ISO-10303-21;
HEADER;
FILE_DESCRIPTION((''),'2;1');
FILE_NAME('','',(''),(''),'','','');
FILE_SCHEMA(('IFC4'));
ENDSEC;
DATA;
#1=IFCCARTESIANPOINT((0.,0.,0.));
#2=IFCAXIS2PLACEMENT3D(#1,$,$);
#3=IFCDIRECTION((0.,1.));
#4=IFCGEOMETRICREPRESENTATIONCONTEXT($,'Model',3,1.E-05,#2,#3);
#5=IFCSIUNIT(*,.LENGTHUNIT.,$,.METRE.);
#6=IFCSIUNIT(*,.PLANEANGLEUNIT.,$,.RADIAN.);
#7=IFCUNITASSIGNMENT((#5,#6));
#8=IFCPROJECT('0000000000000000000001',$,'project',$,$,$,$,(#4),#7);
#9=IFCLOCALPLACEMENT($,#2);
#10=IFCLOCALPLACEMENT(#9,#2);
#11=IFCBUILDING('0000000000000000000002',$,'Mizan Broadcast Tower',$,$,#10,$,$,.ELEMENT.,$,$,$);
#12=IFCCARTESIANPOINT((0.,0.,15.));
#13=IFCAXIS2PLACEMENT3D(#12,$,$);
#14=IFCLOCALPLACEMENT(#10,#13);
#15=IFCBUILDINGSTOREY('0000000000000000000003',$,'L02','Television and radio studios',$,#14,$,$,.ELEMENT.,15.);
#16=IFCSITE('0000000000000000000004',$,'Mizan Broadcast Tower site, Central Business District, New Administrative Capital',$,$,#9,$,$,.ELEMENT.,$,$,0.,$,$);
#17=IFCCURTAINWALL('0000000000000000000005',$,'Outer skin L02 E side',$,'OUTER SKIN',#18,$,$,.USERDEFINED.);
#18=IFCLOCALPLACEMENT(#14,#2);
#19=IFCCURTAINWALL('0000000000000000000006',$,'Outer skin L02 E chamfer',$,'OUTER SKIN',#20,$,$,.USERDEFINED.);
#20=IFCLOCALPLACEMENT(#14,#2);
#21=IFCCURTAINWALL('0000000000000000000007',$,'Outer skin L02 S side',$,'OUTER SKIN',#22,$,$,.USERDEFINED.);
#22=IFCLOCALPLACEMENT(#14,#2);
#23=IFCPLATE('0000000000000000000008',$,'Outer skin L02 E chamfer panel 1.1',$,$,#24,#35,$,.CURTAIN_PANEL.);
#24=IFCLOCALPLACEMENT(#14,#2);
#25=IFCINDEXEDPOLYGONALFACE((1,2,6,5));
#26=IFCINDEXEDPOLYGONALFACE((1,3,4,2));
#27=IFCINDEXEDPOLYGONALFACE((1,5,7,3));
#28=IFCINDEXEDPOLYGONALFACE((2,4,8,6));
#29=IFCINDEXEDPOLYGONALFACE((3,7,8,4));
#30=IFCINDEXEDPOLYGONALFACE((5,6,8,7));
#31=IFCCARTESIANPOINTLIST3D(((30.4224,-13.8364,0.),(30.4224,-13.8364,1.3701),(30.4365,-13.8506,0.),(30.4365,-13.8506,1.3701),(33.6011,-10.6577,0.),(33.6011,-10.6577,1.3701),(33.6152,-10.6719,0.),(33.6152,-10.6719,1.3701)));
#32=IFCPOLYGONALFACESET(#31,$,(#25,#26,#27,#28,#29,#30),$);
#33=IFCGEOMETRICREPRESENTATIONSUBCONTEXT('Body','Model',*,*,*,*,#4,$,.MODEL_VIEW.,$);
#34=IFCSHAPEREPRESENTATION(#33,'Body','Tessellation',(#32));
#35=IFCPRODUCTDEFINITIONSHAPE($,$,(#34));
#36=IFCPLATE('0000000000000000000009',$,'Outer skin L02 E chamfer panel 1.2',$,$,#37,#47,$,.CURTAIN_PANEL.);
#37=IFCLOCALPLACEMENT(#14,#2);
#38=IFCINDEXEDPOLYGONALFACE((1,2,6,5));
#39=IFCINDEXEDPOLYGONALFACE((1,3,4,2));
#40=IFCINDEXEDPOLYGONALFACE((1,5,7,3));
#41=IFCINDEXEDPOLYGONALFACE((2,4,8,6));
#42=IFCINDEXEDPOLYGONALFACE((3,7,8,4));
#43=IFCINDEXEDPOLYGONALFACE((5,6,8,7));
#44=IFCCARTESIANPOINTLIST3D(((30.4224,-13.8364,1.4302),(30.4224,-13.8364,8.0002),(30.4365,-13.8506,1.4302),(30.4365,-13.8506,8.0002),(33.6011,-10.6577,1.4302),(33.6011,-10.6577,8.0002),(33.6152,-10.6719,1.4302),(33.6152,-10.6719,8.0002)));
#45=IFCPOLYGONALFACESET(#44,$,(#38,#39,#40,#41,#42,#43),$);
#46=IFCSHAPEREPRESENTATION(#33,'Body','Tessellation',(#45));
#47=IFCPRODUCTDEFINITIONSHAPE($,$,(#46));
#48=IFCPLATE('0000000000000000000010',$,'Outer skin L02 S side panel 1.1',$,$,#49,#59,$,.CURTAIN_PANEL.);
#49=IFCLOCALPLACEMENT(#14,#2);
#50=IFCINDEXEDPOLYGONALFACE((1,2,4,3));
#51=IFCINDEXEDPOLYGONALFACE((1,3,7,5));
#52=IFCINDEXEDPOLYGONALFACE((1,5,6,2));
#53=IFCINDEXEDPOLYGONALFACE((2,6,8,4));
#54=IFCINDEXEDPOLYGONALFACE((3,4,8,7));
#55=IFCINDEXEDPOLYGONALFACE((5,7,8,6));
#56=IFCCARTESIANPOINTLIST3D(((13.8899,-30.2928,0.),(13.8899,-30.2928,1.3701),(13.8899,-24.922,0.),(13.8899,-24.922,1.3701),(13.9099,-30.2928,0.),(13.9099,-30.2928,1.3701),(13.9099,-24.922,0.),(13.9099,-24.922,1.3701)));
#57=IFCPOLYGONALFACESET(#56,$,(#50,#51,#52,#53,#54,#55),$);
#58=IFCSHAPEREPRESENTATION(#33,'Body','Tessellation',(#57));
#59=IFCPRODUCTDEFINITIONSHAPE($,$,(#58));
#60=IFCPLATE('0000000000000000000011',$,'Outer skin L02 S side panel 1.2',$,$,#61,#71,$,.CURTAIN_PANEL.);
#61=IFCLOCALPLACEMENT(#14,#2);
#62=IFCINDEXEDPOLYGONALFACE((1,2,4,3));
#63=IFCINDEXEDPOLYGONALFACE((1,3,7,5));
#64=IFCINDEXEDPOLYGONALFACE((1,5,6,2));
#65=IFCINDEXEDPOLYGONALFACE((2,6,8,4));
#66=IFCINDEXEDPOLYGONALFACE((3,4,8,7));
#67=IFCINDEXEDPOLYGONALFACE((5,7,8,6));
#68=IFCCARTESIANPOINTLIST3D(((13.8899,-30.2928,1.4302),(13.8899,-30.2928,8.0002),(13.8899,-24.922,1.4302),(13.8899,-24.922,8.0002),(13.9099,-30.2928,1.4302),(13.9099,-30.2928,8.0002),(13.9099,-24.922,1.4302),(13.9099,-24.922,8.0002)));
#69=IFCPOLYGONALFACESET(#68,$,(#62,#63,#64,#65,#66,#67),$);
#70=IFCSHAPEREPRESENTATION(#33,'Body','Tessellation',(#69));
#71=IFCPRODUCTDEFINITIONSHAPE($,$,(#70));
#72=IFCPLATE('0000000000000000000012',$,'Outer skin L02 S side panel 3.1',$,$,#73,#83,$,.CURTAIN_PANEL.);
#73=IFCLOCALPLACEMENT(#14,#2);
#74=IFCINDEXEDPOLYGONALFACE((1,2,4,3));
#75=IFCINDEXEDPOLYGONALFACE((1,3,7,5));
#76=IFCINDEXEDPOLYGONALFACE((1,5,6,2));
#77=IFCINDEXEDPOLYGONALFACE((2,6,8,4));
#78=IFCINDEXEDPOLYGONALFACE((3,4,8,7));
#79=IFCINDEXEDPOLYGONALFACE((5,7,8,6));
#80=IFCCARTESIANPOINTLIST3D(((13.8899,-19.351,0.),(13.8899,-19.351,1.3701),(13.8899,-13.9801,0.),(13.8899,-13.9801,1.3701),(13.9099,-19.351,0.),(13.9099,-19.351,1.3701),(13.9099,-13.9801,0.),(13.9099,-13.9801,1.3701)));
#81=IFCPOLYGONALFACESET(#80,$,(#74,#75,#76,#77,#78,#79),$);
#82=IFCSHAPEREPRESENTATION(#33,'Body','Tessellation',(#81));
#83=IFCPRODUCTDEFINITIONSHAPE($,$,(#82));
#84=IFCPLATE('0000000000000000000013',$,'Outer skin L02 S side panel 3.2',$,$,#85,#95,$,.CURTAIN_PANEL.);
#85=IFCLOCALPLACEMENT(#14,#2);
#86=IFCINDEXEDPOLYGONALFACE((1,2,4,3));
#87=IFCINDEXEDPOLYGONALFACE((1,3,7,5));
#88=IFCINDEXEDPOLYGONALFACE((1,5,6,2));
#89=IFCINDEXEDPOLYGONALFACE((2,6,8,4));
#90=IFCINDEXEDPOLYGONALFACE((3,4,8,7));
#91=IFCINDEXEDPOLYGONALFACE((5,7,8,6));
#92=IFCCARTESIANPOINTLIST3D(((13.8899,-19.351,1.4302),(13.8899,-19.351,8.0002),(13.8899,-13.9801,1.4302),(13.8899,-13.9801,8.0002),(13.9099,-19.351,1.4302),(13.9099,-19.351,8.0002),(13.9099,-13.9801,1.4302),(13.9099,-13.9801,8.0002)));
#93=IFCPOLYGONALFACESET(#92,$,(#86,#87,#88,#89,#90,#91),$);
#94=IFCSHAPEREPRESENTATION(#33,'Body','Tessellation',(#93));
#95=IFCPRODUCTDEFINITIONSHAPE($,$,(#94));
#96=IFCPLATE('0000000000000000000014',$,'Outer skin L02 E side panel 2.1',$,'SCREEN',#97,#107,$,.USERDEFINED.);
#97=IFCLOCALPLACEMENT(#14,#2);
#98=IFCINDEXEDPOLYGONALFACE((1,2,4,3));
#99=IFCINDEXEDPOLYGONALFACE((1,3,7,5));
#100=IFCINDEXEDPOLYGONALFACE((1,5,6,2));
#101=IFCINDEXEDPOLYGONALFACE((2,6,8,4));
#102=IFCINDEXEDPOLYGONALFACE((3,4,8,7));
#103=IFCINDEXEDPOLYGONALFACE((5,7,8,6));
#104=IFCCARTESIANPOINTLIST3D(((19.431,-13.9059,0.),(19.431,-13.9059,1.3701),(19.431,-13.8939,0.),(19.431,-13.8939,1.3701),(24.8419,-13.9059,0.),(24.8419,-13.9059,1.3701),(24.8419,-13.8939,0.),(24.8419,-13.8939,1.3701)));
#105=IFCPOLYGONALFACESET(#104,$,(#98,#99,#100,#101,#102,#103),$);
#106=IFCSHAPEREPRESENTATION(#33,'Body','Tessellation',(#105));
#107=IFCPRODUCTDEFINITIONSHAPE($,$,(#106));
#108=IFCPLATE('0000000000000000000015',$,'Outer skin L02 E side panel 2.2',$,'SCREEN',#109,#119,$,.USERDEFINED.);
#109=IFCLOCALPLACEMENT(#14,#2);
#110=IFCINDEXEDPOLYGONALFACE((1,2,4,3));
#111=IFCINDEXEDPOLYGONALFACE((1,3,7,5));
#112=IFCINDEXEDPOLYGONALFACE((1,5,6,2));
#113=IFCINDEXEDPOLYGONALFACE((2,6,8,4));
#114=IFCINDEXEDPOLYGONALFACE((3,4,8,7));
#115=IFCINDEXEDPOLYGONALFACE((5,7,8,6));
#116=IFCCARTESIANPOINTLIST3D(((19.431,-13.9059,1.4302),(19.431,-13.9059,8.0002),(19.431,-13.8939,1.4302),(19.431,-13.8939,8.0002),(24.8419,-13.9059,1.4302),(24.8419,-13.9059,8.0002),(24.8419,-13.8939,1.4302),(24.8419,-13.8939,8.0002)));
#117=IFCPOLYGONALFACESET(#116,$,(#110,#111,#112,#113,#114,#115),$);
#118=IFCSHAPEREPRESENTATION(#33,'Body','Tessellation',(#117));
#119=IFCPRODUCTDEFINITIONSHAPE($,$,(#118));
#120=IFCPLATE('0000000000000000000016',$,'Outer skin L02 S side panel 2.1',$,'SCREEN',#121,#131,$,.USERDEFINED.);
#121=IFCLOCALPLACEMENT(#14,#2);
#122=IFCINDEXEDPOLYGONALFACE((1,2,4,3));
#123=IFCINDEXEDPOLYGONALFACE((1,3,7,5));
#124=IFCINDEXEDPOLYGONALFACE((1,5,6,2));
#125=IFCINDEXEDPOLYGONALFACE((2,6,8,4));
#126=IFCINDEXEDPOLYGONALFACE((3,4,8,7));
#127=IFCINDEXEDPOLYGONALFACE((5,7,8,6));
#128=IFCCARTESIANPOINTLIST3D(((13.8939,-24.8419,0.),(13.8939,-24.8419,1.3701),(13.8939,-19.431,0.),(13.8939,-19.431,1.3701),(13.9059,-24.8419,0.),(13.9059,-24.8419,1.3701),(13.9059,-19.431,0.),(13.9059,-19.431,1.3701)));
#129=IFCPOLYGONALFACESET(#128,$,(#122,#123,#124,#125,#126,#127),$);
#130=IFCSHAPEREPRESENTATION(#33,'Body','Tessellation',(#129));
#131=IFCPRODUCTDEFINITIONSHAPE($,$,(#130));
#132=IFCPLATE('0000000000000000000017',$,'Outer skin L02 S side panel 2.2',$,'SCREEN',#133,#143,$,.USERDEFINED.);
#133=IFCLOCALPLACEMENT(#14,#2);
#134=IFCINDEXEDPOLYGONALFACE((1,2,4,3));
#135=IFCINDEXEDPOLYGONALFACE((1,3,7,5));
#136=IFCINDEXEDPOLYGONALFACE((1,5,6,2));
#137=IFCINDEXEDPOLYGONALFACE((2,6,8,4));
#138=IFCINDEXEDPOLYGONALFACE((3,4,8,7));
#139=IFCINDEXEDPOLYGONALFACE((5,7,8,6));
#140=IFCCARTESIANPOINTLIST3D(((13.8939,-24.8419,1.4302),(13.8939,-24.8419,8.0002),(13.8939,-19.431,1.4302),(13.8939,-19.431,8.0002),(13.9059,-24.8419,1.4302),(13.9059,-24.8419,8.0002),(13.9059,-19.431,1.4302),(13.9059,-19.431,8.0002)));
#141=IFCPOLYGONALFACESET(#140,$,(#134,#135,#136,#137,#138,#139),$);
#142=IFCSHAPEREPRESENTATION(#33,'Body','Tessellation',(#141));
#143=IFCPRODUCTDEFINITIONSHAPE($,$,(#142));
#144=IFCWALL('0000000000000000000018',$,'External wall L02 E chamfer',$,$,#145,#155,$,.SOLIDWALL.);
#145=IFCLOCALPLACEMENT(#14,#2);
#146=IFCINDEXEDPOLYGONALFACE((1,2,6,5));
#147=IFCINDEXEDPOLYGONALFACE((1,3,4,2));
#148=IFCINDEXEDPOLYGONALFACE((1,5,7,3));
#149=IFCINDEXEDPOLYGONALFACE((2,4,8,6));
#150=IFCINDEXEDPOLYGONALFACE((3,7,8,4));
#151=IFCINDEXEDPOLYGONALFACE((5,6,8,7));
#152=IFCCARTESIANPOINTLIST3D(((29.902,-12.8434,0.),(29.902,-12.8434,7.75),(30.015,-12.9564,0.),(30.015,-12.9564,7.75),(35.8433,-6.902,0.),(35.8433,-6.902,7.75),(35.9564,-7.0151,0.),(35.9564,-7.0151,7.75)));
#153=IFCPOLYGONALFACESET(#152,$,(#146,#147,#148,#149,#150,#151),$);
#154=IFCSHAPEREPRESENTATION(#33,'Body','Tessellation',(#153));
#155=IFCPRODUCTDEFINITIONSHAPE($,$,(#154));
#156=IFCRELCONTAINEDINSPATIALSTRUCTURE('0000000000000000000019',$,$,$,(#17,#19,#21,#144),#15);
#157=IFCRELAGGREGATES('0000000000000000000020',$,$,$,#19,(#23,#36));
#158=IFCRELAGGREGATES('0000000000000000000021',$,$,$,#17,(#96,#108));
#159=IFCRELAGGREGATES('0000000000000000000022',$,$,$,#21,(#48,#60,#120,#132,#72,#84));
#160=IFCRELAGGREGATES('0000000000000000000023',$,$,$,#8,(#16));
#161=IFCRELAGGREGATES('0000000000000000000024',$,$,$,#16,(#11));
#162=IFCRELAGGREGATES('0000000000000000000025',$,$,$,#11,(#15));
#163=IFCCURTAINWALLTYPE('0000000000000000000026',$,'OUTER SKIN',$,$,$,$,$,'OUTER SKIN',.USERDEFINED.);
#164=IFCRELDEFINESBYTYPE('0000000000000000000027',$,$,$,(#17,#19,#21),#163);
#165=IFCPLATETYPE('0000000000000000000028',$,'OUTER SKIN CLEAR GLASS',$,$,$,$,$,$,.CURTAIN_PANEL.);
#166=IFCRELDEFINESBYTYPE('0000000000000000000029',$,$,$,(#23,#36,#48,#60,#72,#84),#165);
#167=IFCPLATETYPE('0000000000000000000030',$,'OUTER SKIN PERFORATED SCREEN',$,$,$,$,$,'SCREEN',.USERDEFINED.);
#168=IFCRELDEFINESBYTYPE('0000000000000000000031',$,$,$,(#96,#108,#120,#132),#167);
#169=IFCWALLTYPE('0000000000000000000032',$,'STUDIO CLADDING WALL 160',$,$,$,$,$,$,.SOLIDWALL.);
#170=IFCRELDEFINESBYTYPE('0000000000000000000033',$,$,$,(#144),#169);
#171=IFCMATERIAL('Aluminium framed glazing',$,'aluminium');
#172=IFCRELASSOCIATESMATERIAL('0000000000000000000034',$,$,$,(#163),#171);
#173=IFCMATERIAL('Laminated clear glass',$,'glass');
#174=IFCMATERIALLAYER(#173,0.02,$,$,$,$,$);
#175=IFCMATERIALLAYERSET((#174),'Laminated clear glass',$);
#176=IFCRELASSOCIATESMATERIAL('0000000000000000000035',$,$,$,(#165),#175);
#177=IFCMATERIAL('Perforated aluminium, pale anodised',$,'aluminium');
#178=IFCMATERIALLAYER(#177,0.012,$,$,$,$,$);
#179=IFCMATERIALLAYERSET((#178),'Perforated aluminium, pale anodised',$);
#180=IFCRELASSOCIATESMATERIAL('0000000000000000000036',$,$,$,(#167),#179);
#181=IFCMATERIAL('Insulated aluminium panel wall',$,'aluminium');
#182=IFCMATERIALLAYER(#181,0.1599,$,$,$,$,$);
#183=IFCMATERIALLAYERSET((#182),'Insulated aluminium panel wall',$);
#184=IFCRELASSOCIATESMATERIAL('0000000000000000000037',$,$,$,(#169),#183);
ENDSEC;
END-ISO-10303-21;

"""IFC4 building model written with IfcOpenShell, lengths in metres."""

from ifc_helpers import new_model, si_unit, direction, frame, frame_2d, origin, origin_2d, place, context, subcontext, project, spatial, rectangle, extrude, material, layer, layer_set, type_object, element, aggregate, save


model = new_model("IFC4")

# Units and contexts
model_context = context("Model", 3, precision=1e-05, world=origin(), true_north=direction((0.0, 1.0)))
body_context = subcontext(model_context, "Body", "Model", "MODEL_VIEW")
ifc_project = project(units=[si_unit("LENGTHUNIT", "METRE"), si_unit("PLANEANGLEUNIT", "RADIAN")], contexts=[model_context])

# Site, building, storey
site_placement = place(None, origin())
site = spatial("IfcSite", under=ifc_project, at=site_placement, Name="Mizan Broadcast Tower site, Central Business District, New Administrative Capital", CompositionType="ELEMENT", RefElevation=0.0)
building_placement = place(site_placement, origin())
building = spatial("IfcBuilding", under=site, at=building_placement, Name="Mizan Broadcast Tower", CompositionType="ELEMENT")
storey_placement = place(building_placement, frame((0.0, 0.0, 15.0)))
storey = spatial("IfcBuildingStorey", under=building, at=storey_placement, Name="L02", Description="Television and radio studios", CompositionType="ELEMENT", Elevation=15.0)

# Curtain wall
ifc_material_1 = material(Name="Aluminium framed glazing", Category="aluminium")
curtain_wall_type = type_object("IfcCurtainWallType", Name="OUTER SKIN", ElementType="OUTER SKIN", PredefinedType="USERDEFINED", material=ifc_material_1)
curtain_wall_1_placement = place(storey_placement, origin())
curtain_wall_1 = element("IfcCurtainWall", 1, at=curtain_wall_1_placement, inside=storey, type_object=curtain_wall_type, Name="Outer skin L02 E side", ObjectType="OUTER SKIN", PredefinedType="USERDEFINED")

# Curtain wall
curtain_wall_2_placement = place(storey_placement, origin())
curtain_wall_2 = element("IfcCurtainWall", 2, at=curtain_wall_2_placement, inside=storey, type_object=curtain_wall_type, Name="Outer skin L02 E chamfer", ObjectType="OUTER SKIN", PredefinedType="USERDEFINED")

# Curtain wall
curtain_wall_3_placement = place(storey_placement, origin())
curtain_wall_3 = element("IfcCurtainWall", 3, at=curtain_wall_3_placement, inside=storey, type_object=curtain_wall_type, Name="Outer skin L02 S side", ObjectType="OUTER SKIN", PredefinedType="USERDEFINED")

# Plates
ifc_material_2 = material(Name="Laminated clear glass", Category="glass")
ifc_layer_1 = layer(ifc_material_2, 0.02)
ifc_layer_set_1 = layer_set([ifc_layer_1], Name="Laminated clear glass")
plate_type_1 = type_object("IfcPlateType", Name="OUTER SKIN CLEAR GLASS", PredefinedType="CURTAIN_PANEL", material=ifc_layer_set_1)
plate_1_placement = place(storey_placement, frame((32.0188, -12.2542, 0.0), z_axis=(0.0, 0.0, 1.0), x_axis=(0.707107, 0.707107, 0.0)))
plate_1 = element("IfcPlate", 4, at=plate_1_placement, type_object=plate_type_1, Name="Outer skin L02 E chamfer panel 1.1", PredefinedType="CURTAIN_PANEL", context=body_context, shape_type="SweptSolid", body=[
    extrude(rectangle(XDim=4.4954, YDim=0.02, at=origin_2d()), origin(), (0.0, 0.0, 1.0), 1.3701),
])
plate_2_placement = place(storey_placement, frame((32.0188, -12.2542, 1.4302), z_axis=(0.0, 0.0, 1.0), x_axis=(0.707107, 0.707107, 0.0)))
plate_2 = element("IfcPlate", 5, at=plate_2_placement, type_object=plate_type_1, Name="Outer skin L02 E chamfer panel 1.2", PredefinedType="CURTAIN_PANEL", context=body_context, shape_type="SweptSolid", body=[
    extrude(rectangle(XDim=4.4954, YDim=0.02, at=origin_2d()), origin(), (0.0, 0.0, 1.0), 6.5701),
])
aggregate(curtain_wall_2, [plate_1, plate_2])
plate_3_placement = place(storey_placement, frame((13.8999, -27.6074, 0.0), z_axis=(0.0, 0.0, 1.0), x_axis=(0.0, 1.0, 0.0)))
plate_3 = element("IfcPlate", 6, at=plate_3_placement, type_object=plate_type_1, Name="Outer skin L02 S side panel 1.1", PredefinedType="CURTAIN_PANEL", context=body_context, shape_type="SweptSolid", body=[
    extrude(rectangle(XDim=5.3708, YDim=0.02, at=origin_2d()), origin(), (0.0, 0.0, 1.0), 1.3701),
])
plate_4_placement = place(storey_placement, frame((13.8999, -27.6074, 1.4302), z_axis=(0.0, 0.0, 1.0), x_axis=(0.0, 1.0, 0.0)))
plate_4 = element("IfcPlate", 7, at=plate_4_placement, type_object=plate_type_1, Name="Outer skin L02 S side panel 1.2", PredefinedType="CURTAIN_PANEL", context=body_context, shape_type="SweptSolid", body=[
    extrude(rectangle(XDim=5.3708, YDim=0.02, at=origin_2d()), origin(), (0.0, 0.0, 1.0), 6.5701),
])
plate_5_placement = place(storey_placement, frame((13.8999, -16.6655, 0.0), z_axis=(0.0, 0.0, 1.0), x_axis=(0.0, 1.0, 0.0)))
plate_5 = element("IfcPlate", 8, at=plate_5_placement, type_object=plate_type_1, Name="Outer skin L02 S side panel 3.1", PredefinedType="CURTAIN_PANEL", context=body_context, shape_type="SweptSolid", body=[
    extrude(rectangle(XDim=5.3708, YDim=0.02, at=origin_2d()), origin(), (0.0, 0.0, 1.0), 1.3701),
])
plate_6_placement = place(storey_placement, frame((13.8999, -16.6655, 1.4302), z_axis=(0.0, 0.0, 1.0), x_axis=(0.0, 1.0, 0.0)))
plate_6 = element("IfcPlate", 9, at=plate_6_placement, type_object=plate_type_1, Name="Outer skin L02 S side panel 3.2", PredefinedType="CURTAIN_PANEL", context=body_context, shape_type="SweptSolid", body=[
    extrude(rectangle(XDim=5.3708, YDim=0.02, at=origin_2d()), origin(), (0.0, 0.0, 1.0), 6.5701),
])
ifc_material_3 = material(Name="Perforated aluminium, pale anodised", Category="aluminium")
ifc_layer_2 = layer(ifc_material_3, 0.012)
ifc_layer_set_2 = layer_set([ifc_layer_2], Name="Perforated aluminium, pale anodised")
plate_type_2 = type_object("IfcPlateType", Name="OUTER SKIN PERFORATED SCREEN", ElementType="SCREEN", PredefinedType="USERDEFINED", material=ifc_layer_set_2)
plate_7_placement = place(storey_placement, frame((22.1365, -13.8999, 0.0), z_axis=(0.0, 0.0, 1.0), x_axis=(1.0, 0.0, 0.0)))
plate_7 = element("IfcPlate", 10, at=plate_7_placement, type_object=plate_type_2, Name="Outer skin L02 E side panel 2.1", ObjectType="SCREEN", PredefinedType="USERDEFINED", context=body_context, shape_type="SweptSolid", body=[
    extrude(rectangle(XDim=5.4109, YDim=0.012, at=origin_2d()), origin(), (0.0, 0.0, 1.0), 1.3701),
])
plate_8_placement = place(storey_placement, frame((22.1365, -13.8999, 1.4302), z_axis=(0.0, 0.0, 1.0), x_axis=(1.0, 0.0, 0.0)))
plate_8 = element("IfcPlate", 11, at=plate_8_placement, type_object=plate_type_2, Name="Outer skin L02 E side panel 2.2", ObjectType="SCREEN", PredefinedType="USERDEFINED", context=body_context, shape_type="SweptSolid", body=[
    extrude(rectangle(XDim=5.4109, YDim=0.012, at=origin_2d()), origin(), (0.0, 0.0, 1.0), 6.5701),
])
aggregate(curtain_wall_1, [plate_7, plate_8])
plate_9_placement = place(storey_placement, frame((13.8999, -22.1365, 0.0), z_axis=(0.0, 0.0, 1.0), x_axis=(0.0, 1.0, 0.0)))
plate_9 = element("IfcPlate", 12, at=plate_9_placement, type_object=plate_type_2, Name="Outer skin L02 S side panel 2.1", ObjectType="SCREEN", PredefinedType="USERDEFINED", context=body_context, shape_type="SweptSolid", body=[
    extrude(rectangle(XDim=5.4109, YDim=0.012, at=origin_2d()), origin(), (0.0, 0.0, 1.0), 1.3701),
])
plate_10_placement = place(storey_placement, frame((13.8999, -22.1365, 1.4302), z_axis=(0.0, 0.0, 1.0), x_axis=(0.0, 1.0, 0.0)))
plate_10 = element("IfcPlate", 13, at=plate_10_placement, type_object=plate_type_2, Name="Outer skin L02 S side panel 2.2", ObjectType="SCREEN", PredefinedType="USERDEFINED", context=body_context, shape_type="SweptSolid", body=[
    extrude(rectangle(XDim=5.4109, YDim=0.012, at=origin_2d()), origin(), (0.0, 0.0, 1.0), 6.5701),
])
aggregate(curtain_wall_3, [plate_3, plate_4, plate_9, plate_10, plate_5, plate_6])

# Wall
ifc_material_4 = material(Name="Insulated aluminium panel wall", Category="aluminium")
ifc_layer_3 = layer(ifc_material_4, 0.1599)
ifc_layer_set_3 = layer_set([ifc_layer_3], Name="Insulated aluminium panel wall")
wall_type = type_object("IfcWallType", Name="STUDIO CLADDING WALL 160", PredefinedType="SOLIDWALL", material=ifc_layer_set_3)
wall_placement = place(storey_placement, frame((29.9585, -12.8999, 0.0), z_axis=(0.0, 0.0, 1.0), x_axis=(0.707107, 0.707107, 0.0)))
element("IfcWall", 14, at=wall_placement, inside=storey, type_object=wall_type, Name="External wall L02 E chamfer", PredefinedType="SOLIDWALL", context=body_context, shape_type="SweptSolid", body=[
    extrude(rectangle(XDim=8.4023, YDim=0.1599, at=frame_2d((4.2012, 0.0))), origin(), (0.0, 0.0, 1.0), 7.75),
])

save(model, "model.ifc")
